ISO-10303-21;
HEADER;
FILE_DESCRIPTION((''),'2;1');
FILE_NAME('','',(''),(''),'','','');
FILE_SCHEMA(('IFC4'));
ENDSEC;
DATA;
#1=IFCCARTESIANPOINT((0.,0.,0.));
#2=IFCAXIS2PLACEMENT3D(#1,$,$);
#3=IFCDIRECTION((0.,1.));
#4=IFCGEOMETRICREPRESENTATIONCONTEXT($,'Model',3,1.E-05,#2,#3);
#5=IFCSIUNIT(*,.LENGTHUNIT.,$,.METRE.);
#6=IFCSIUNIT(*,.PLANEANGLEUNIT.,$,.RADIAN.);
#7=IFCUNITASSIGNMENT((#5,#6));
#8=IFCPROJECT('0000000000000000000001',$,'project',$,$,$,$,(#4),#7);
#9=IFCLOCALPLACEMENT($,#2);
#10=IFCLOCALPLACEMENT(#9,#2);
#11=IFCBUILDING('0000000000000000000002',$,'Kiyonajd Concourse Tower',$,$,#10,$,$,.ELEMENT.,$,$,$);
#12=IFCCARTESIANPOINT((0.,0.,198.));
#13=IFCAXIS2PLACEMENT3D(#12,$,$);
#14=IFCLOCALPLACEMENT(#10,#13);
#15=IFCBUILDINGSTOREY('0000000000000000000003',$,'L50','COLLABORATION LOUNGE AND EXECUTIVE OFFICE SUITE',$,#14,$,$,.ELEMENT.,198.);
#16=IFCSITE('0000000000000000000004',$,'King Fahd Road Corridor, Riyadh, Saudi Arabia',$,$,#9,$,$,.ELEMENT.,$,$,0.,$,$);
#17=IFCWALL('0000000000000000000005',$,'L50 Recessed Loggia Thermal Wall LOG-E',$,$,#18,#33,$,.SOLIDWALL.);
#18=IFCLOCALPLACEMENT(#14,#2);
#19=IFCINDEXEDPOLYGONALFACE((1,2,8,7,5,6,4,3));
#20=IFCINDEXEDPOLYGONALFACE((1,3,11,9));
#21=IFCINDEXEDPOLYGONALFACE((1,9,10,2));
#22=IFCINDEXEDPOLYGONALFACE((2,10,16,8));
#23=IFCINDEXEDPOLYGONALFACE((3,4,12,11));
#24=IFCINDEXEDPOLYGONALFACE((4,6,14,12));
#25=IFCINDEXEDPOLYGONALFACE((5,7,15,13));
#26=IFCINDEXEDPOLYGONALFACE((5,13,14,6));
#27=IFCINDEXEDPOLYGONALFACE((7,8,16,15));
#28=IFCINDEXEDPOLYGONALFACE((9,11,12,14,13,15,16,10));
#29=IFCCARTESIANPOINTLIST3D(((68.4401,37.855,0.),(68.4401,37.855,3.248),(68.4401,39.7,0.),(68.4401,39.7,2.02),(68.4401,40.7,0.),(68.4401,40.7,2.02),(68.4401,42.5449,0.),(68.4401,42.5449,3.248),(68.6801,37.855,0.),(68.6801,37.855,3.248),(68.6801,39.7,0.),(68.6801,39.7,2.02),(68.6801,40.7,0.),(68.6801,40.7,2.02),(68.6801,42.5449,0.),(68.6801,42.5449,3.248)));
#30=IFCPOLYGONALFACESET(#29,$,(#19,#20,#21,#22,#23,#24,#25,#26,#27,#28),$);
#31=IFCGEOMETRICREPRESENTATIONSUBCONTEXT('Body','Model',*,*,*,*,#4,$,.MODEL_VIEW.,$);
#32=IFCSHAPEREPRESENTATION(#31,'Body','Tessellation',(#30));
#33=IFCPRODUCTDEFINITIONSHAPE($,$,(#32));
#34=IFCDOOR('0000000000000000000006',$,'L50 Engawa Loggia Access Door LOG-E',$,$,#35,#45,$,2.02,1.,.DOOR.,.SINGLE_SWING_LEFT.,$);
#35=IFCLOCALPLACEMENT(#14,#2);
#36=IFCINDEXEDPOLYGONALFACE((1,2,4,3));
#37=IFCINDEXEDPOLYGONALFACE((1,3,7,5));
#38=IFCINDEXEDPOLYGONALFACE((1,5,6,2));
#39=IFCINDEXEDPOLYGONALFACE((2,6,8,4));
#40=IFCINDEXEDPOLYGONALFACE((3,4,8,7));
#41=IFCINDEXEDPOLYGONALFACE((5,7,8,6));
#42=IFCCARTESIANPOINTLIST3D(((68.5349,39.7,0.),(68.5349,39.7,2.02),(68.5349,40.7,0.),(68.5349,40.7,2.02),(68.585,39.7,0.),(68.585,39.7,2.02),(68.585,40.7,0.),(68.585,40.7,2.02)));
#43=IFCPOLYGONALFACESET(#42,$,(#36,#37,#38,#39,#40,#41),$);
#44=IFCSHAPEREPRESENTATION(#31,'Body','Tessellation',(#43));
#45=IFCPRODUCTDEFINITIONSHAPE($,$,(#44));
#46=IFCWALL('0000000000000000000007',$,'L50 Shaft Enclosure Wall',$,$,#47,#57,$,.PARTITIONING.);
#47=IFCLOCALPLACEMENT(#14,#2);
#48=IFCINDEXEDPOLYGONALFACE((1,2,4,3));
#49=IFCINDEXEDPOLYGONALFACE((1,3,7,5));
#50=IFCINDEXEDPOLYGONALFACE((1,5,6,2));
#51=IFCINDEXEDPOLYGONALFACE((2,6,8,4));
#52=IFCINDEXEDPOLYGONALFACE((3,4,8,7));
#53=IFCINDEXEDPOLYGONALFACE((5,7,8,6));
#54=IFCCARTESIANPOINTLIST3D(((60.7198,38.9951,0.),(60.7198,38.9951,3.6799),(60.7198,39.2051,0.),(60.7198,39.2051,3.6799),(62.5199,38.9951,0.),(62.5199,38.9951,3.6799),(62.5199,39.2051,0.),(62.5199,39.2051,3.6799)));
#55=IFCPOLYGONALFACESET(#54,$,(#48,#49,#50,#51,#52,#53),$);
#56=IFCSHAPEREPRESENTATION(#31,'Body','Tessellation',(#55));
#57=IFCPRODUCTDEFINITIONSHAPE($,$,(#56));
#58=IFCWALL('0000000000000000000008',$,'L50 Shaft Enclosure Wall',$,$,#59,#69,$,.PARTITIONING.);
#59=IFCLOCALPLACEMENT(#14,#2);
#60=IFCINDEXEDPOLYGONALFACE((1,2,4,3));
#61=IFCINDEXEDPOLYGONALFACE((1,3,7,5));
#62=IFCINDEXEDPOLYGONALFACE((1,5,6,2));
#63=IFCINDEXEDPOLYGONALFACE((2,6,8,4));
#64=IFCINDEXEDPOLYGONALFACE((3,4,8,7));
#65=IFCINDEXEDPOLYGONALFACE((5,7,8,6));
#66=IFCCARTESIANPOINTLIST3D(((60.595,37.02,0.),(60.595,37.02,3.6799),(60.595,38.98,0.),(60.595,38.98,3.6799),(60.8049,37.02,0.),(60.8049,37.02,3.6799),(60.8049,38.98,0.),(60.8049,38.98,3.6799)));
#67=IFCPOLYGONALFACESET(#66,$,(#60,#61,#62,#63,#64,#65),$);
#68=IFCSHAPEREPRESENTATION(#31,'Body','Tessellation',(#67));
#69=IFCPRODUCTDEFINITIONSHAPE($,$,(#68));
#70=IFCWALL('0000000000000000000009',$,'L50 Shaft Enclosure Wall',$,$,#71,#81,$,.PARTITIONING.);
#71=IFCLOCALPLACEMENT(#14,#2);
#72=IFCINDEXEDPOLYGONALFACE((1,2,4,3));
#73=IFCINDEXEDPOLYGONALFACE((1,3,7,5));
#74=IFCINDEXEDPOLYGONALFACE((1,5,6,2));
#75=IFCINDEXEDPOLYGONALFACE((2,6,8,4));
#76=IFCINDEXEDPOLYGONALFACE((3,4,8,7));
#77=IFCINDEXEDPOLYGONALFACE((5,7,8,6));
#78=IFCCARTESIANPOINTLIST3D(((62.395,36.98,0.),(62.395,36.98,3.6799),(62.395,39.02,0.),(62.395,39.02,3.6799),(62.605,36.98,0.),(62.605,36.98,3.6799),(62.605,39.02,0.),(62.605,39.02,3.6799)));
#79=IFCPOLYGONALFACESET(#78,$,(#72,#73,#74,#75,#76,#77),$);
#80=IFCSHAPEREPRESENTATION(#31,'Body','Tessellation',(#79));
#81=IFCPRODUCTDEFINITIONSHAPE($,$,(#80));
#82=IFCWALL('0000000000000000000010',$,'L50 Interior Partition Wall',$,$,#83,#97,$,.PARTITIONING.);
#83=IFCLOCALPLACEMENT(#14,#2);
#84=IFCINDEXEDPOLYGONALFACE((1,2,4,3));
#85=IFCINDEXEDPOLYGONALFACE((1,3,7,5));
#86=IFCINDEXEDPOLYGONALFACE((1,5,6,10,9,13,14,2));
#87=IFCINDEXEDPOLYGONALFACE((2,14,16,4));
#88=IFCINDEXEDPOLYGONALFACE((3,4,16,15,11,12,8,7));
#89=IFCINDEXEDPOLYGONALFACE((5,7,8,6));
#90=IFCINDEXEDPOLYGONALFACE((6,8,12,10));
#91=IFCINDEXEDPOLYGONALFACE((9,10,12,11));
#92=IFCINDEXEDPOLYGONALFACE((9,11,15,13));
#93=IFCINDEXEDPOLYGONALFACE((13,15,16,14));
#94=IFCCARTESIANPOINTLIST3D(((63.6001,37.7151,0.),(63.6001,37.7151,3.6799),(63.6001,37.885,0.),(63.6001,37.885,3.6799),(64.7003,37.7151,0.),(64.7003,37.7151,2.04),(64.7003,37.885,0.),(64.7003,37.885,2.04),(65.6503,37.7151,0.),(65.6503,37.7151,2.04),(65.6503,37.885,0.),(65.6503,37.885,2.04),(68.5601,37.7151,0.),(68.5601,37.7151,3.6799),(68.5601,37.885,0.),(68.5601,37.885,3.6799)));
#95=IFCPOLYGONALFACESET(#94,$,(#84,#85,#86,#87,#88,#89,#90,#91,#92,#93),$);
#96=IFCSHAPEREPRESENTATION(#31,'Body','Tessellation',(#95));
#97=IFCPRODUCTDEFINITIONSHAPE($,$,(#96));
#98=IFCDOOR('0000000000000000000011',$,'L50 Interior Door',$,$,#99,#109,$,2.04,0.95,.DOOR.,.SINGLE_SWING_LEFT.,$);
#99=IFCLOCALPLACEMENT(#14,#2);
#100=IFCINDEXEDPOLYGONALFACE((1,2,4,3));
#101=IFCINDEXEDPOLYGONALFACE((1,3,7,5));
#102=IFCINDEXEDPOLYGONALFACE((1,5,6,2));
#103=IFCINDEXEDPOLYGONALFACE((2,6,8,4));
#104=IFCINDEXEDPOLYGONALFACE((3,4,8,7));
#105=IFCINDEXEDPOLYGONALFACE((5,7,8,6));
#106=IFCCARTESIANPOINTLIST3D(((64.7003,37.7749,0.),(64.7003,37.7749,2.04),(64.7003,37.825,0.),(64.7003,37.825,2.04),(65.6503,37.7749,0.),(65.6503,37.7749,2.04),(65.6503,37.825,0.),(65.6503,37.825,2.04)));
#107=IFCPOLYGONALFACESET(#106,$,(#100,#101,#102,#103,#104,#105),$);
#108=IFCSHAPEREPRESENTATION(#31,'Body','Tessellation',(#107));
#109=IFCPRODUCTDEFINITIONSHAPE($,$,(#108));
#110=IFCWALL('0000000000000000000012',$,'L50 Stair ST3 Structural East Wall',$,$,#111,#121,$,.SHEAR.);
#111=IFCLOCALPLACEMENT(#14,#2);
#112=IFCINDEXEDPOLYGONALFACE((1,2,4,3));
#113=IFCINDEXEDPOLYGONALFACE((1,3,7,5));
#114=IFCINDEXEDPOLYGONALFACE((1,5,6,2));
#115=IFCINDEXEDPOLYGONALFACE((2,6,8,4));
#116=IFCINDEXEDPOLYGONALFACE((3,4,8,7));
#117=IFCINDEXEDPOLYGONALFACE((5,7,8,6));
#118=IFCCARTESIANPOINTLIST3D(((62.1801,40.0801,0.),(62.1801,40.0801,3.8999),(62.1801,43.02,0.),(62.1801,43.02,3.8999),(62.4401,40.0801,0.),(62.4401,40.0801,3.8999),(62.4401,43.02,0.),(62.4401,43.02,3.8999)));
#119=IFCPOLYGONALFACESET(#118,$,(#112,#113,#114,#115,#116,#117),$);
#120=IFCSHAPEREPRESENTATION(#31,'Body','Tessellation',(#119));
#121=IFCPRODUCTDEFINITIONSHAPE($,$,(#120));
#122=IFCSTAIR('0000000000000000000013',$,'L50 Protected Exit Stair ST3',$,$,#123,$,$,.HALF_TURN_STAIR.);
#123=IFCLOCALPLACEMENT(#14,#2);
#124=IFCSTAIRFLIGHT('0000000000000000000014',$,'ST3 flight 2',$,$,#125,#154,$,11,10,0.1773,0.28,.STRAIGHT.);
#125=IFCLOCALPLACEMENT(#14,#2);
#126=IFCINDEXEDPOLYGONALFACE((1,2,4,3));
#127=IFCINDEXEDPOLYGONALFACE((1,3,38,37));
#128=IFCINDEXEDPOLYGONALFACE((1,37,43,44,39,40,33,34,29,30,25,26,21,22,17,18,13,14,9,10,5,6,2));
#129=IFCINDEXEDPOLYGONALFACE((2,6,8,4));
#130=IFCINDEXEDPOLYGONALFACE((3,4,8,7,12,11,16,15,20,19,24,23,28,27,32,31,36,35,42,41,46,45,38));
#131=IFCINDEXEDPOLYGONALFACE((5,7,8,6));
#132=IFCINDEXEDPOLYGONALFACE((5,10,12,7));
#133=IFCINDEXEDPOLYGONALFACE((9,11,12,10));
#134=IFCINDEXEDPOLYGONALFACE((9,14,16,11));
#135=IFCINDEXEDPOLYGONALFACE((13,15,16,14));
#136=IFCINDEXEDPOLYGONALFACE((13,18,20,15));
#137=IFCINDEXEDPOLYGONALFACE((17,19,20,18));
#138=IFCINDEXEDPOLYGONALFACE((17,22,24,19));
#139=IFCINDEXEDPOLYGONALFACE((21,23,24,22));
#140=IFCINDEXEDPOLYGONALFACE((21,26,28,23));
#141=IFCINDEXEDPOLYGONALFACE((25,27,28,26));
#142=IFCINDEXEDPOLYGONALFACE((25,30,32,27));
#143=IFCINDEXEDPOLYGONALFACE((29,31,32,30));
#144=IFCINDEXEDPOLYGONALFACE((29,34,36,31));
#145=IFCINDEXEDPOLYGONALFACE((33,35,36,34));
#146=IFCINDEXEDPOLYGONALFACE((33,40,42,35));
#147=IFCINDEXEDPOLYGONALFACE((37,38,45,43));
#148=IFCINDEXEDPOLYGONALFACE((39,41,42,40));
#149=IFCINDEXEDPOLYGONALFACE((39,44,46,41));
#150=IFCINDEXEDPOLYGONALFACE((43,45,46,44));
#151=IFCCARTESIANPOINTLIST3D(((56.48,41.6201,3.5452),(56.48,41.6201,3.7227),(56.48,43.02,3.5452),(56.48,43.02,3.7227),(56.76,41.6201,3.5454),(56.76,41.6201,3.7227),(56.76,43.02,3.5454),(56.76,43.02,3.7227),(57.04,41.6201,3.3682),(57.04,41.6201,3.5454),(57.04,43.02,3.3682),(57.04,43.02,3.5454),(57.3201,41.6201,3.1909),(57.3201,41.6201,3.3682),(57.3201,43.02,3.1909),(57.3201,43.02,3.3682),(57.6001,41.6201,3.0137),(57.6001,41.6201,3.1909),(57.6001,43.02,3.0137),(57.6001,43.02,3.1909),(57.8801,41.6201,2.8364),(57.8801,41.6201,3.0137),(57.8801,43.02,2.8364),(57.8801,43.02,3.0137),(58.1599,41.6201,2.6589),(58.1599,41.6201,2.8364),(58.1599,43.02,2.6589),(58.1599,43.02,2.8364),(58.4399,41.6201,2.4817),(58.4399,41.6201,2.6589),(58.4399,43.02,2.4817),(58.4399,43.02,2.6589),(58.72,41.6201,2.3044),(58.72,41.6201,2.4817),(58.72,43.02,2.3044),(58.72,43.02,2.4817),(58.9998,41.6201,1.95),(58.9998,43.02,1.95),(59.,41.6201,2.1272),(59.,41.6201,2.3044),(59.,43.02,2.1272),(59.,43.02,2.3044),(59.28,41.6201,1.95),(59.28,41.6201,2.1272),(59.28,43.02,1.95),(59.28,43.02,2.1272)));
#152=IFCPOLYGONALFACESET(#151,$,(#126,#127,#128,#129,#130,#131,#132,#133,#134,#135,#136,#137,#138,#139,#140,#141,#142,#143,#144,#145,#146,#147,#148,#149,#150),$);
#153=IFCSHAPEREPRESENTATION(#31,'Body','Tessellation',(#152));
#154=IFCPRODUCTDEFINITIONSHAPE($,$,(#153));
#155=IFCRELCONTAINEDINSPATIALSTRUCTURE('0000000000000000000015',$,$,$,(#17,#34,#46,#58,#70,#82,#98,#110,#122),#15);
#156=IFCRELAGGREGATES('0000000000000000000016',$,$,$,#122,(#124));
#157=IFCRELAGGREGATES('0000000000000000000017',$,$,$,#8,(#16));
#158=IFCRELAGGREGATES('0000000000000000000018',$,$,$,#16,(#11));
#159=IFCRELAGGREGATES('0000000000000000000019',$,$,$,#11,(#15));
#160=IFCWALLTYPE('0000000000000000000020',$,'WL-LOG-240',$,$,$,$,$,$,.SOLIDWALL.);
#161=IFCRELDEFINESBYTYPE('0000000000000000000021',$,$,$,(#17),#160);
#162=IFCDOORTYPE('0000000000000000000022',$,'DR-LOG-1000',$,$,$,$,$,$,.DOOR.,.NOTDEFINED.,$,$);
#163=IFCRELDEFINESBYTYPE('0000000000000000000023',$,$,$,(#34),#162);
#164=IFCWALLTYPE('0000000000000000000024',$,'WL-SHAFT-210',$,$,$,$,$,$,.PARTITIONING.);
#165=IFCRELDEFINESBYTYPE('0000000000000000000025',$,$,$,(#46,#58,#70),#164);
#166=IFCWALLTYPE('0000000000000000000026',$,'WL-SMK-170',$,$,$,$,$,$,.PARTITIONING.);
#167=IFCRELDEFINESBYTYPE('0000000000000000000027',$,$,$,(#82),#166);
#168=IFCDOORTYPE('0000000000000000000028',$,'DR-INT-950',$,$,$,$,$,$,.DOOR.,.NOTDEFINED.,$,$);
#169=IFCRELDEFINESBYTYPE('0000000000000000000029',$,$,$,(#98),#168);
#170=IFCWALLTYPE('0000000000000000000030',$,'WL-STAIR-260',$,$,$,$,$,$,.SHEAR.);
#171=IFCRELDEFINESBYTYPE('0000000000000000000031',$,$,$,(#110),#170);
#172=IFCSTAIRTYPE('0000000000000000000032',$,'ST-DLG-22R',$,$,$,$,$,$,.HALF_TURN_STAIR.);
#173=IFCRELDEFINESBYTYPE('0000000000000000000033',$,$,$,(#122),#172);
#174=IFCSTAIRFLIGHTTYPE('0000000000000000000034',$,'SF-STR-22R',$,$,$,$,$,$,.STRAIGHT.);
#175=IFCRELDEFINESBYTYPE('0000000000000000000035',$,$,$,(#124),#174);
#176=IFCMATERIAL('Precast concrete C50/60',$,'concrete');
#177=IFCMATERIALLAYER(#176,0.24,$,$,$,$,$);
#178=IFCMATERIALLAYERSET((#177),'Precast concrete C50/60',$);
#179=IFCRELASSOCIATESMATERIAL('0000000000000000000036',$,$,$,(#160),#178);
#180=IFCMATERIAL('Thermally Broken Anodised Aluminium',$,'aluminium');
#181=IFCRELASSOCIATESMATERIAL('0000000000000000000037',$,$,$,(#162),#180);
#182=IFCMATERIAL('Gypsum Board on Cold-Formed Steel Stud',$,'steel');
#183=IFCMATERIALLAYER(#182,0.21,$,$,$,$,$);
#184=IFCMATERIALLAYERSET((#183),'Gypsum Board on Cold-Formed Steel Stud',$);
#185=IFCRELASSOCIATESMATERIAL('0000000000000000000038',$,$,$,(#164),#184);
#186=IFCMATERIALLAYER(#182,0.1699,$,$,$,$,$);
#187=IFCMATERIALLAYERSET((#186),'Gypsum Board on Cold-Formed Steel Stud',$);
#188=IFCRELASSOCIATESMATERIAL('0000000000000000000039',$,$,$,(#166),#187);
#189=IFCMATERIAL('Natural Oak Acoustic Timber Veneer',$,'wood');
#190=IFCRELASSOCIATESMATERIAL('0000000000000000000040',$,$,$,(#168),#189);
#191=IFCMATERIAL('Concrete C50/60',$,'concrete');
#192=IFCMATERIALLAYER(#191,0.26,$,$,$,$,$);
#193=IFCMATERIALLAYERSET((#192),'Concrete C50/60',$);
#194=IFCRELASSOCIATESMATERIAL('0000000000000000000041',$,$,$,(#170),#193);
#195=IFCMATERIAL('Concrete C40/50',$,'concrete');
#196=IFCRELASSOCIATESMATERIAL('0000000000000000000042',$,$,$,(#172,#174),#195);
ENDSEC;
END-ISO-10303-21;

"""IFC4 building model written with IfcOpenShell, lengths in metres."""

from ifc_helpers import new_model, si_unit, direction, frame, frame_2d, origin, place, context, subcontext, project, spatial, polyline, rectangle, outline, extrude, material, layer, layer_set, type_object, element, fill, aggregate, save


model = new_model("IFC4")

# Units and contexts
model_context = context("Model", 3, precision=1e-05, world=origin(), true_north=direction((0.0, 1.0)))
body_context = subcontext(model_context, "Body", "Model", "MODEL_VIEW")
ifc_project = project(units=[si_unit("LENGTHUNIT", "METRE"), si_unit("PLANEANGLEUNIT", "RADIAN")], contexts=[model_context])

# Site, building, storey
site_placement = place(None, origin())
site = spatial("IfcSite", under=ifc_project, at=site_placement, Name="King Fahd Road Corridor, Riyadh, Saudi Arabia", CompositionType="ELEMENT", RefElevation=0.0)
building_placement = place(site_placement, origin())
building = spatial("IfcBuilding", under=site, at=building_placement, Name="Kiyonajd Concourse Tower", CompositionType="ELEMENT")
storey_placement = place(building_placement, frame((0.0, 0.0, 198.0)))
storey = spatial("IfcBuildingStorey", under=building, at=storey_placement, Name="L50", Description="COLLABORATION LOUNGE AND EXECUTIVE OFFICE SUITE", CompositionType="ELEMENT", Elevation=198.0)

# Shared definitions
ifc_material_1 = material(Name="Thermally Broken Anodised Aluminium", Category="aluminium")

# Shared definitions
ifc_material_2 = material(Name="Precast concrete C50/60", Category="concrete")

# Wall, opening, door
ifc_layer_1 = layer(ifc_material_2, 0.24)
ifc_layer_set_1 = layer_set([ifc_layer_1], Name="Precast concrete C50/60")
wall_type_1 = type_object("IfcWallType", Name="WL-LOG-240", PredefinedType="SOLIDWALL", material=ifc_layer_set_1)
wall_1_placement = place(storey_placement, frame((68.5601, 42.5449, 0.0), z_axis=(0.0, 0.0, 1.0), x_axis=(0.0, -1.0, 0.0)))
wall_1 = element("IfcWall", 1, at=wall_1_placement, inside=storey, type_object=wall_type_1, Name="L50 Recessed Loggia Thermal Wall LOG-E", PredefinedType="SOLIDWALL", context=body_context, shape_type="SweptSolid", body=[
    extrude(rectangle(XDim=4.6899, YDim=0.24, at=frame_2d((2.345, 0.0))), origin(), (0.0, 0.0, 1.0), 3.248),
])
opening_1_placement = place(wall_1_placement, frame((1.845, 0.0, 0.0)))
opening_1 = element("IfcOpeningElement", 2, at=opening_1_placement, cuts=wall_1, PredefinedType="OPENING", context=body_context, shape_type="SweptSolid", body=[
    extrude(rectangle(XDim=1.0, YDim=2.02, at=frame_2d((0.5, 1.01))), frame((0.0, 0.1299, 0.0), z_axis=(0.0, -1.0, 0.0), x_axis=(1.0, 0.0, 0.0)), (0.0, 0.0, 1.0), 0.26),
])
door_type_1 = type_object("IfcDoorType", Name="DR-LOG-1000", OperationType="NOTDEFINED", PredefinedType="DOOR", material=ifc_material_1)
door_1_placement = place(opening_1_placement, origin())
door_1 = element("IfcDoor", 3, at=door_1_placement, inside=storey, type_object=door_type_1, Name="L50 Engawa Loggia Access Door LOG-E", OperationType="SINGLE_SWING_LEFT", OverallHeight=2.02, OverallWidth=1.0, PredefinedType="DOOR", context=body_context, shape_type="SweptSolid", body=[
    extrude(rectangle(XDim=1.0, YDim=2.02, at=frame_2d((0.5, 1.01))), frame((0.0, 0.0249, 0.0), z_axis=(0.0, -1.0, 0.0), x_axis=(1.0, 0.0, 0.0)), (0.0, 0.0, 1.0), 0.05),
])
fill(opening_1, door_1)

# Walls
ifc_material_3 = material(Name="Gypsum Board on Cold-Formed Steel Stud", Category="steel")
ifc_layer_2 = layer(ifc_material_3, 0.21)
ifc_layer_set_2 = layer_set([ifc_layer_2], Name="Gypsum Board on Cold-Formed Steel Stud")
wall_type_2 = type_object("IfcWallType", Name="WL-SHAFT-210", PredefinedType="PARTITIONING", material=ifc_layer_set_2)
wall_2_placement = place(storey_placement, frame((60.72, 39.1001, 0.0), z_axis=(0.0, 0.0, 1.0), x_axis=(1.0, 0.0, 0.0)))
element("IfcWall", 4, at=wall_2_placement, inside=storey, type_object=wall_type_2, Name="L50 Shaft Enclosure Wall", PredefinedType="PARTITIONING", context=body_context, shape_type="SweptSolid", body=[
    extrude(rectangle(XDim=1.8, YDim=0.21, at=frame_2d((0.8999, 0.0))), origin(), (0.0, 0.0, 1.0), 3.6799),
])
wall_3_placement = place(storey_placement, frame((60.7, 37.02, 0.0), z_axis=(0.0, 0.0, 1.0), x_axis=(0.0, 1.0, 0.0)))
element("IfcWall", 5, at=wall_3_placement, inside=storey, type_object=wall_type_2, Name="L50 Shaft Enclosure Wall", PredefinedType="PARTITIONING", context=body_context, shape_type="SweptSolid", body=[
    extrude(rectangle(XDim=1.96, YDim=0.21, at=frame_2d((0.98, 0.0))), origin(), (0.0, 0.0, 1.0), 3.6799),
])
wall_4_placement = place(storey_placement, frame((62.5, 36.98, 0.0), z_axis=(0.0, 0.0, 1.0), x_axis=(0.0, 1.0, 0.0)))
element("IfcWall", 6, at=wall_4_placement, inside=storey, type_object=wall_type_2, Name="L50 Shaft Enclosure Wall", PredefinedType="PARTITIONING", context=body_context, shape_type="SweptSolid", body=[
    extrude(rectangle(XDim=2.04, YDim=0.21, at=frame_2d((1.02, 0.0))), origin(), (0.0, 0.0, 1.0), 3.6799),
])

# Wall, opening, door
ifc_layer_3 = layer(ifc_material_3, 0.1699)
ifc_layer_set_3 = layer_set([ifc_layer_3], Name="Gypsum Board on Cold-Formed Steel Stud")
wall_type_3 = type_object("IfcWallType", Name="WL-SMK-170", PredefinedType="PARTITIONING", material=ifc_layer_set_3)
wall_5_placement = place(storey_placement, frame((63.6001, 37.8, 0.0), z_axis=(0.0, 0.0, 1.0), x_axis=(1.0, 0.0, 0.0)))
wall_5 = element("IfcWall", 7, at=wall_5_placement, inside=storey, type_object=wall_type_3, Name="L50 Interior Partition Wall", PredefinedType="PARTITIONING", context=body_context, shape_type="SweptSolid", body=[
    extrude(rectangle(XDim=4.96, YDim=0.1699, at=frame_2d((2.48, 0.0))), origin(), (0.0, 0.0, 1.0), 3.6799),
])
opening_2_placement = place(wall_5_placement, frame((1.1001, 0.0, 0.0)))
opening_2 = element("IfcOpeningElement", 8, at=opening_2_placement, cuts=wall_5, PredefinedType="OPENING", context=body_context, shape_type="SweptSolid", body=[
    extrude(rectangle(XDim=0.95, YDim=2.04, at=frame_2d((0.4751, 1.02))), frame((0.0, 0.095, 0.0), z_axis=(0.0, -1.0, 0.0), x_axis=(1.0, 0.0, 0.0)), (0.0, 0.0, 1.0), 0.1899),
])
ifc_material_4 = material(Name="Natural Oak Acoustic Timber Veneer", Category="wood")
door_type_2 = type_object("IfcDoorType", Name="DR-INT-950", OperationType="NOTDEFINED", PredefinedType="DOOR", material=ifc_material_4)
door_2_placement = place(opening_2_placement, origin())
door_2 = element("IfcDoor", 9, at=door_2_placement, inside=storey, type_object=door_type_2, Name="L50 Interior Door", OperationType="SINGLE_SWING_LEFT", OverallHeight=2.04, OverallWidth=0.95, PredefinedType="DOOR", context=body_context, shape_type="SweptSolid", body=[
    extrude(rectangle(XDim=0.95, YDim=2.04, at=frame_2d((0.4751, 1.02))), frame((0.0, 0.0249, 0.0), z_axis=(0.0, -1.0, 0.0), x_axis=(1.0, 0.0, 0.0)), (0.0, 0.0, 1.0), 0.05),
])
fill(opening_2, door_2)

# Wall
ifc_material_5 = material(Name="Concrete C50/60", Category="concrete")
ifc_layer_4 = layer(ifc_material_5, 0.26)
ifc_layer_set_4 = layer_set([ifc_layer_4], Name="Concrete C50/60")
wall_type_4 = type_object("IfcWallType", Name="WL-STAIR-260", PredefinedType="SHEAR", material=ifc_layer_set_4)
wall_6_placement = place(storey_placement, frame((62.3101, 40.0801, 0.0), z_axis=(0.0, 0.0, 1.0), x_axis=(0.0, 1.0, 0.0)))
element("IfcWall", 10, at=wall_6_placement, inside=storey, type_object=wall_type_4, Name="L50 Stair ST3 Structural East Wall", PredefinedType="SHEAR", context=body_context, shape_type="SweptSolid", body=[
    extrude(rectangle(XDim=2.9399, YDim=0.26, at=frame_2d((1.47, 0.0))), origin(), (0.0, 0.0, 1.0), 3.8999),
])

# Stair, stair flight
ifc_material_6 = material(Name="Concrete C40/50", Category="concrete")
stair_type = type_object("IfcStairType", Name="ST-DLG-22R", PredefinedType="HALF_TURN_STAIR", material=ifc_material_6)
stair_placement = place(storey_placement, origin())
stair = element("IfcStair", 11, at=stair_placement, inside=storey, type_object=stair_type, Name="L50 Protected Exit Stair ST3", PredefinedType="HALF_TURN_STAIR")
stair_flight_type = type_object("IfcStairFlightType", Name="SF-STR-22R", PredefinedType="STRAIGHT", material=ifc_material_6)
stair_flight_placement = place(storey_placement, frame((59.28, 42.3201, 1.95), z_axis=(0.0, 0.0, 1.0), x_axis=(-1.0, 0.0, 0.0)))
stair_flight = element("IfcStairFlight", 12, at=stair_flight_placement, type_object=stair_flight_type, Name="ST3 flight 2", NumberOfRisers=11, NumberOfTreads=10, PredefinedType="STRAIGHT", RiserHeight=0.1773, TreadLength=0.28, context=body_context, shape_type="SweptSolid", body=[
    extrude(outline(polyline([(0.0, 0.0), (0.0, 0.1772), (0.28, 0.1772), (0.28, 0.3545), (0.5601, 0.3545), (0.5601, 0.5317), (0.8401, 0.5317), (0.8401, 0.709), (1.1201, 0.709), (1.1201, 0.8865), (1.3999, 0.8865), (1.3999, 1.0637), (1.6799, 1.0637), (1.6799, 1.241), (1.96, 1.241), (1.96, 1.4182), (2.24, 1.4182), (2.24, 1.5955), (2.52, 1.5955), (2.52, 1.7727), (2.8, 1.7727), (2.8, 1.95), (2.8, 1.5952), (0.2803, 0.0), (0.0, 0.0)])), frame((0.0, 0.7, 0.0), z_axis=(0.0, -1.0, 0.0), x_axis=(1.0, 0.0, 0.0)), (0.0, 0.0, 1.0), 1.3999),
])
aggregate(stair, [stair_flight])

save(model, "model.ifc")
